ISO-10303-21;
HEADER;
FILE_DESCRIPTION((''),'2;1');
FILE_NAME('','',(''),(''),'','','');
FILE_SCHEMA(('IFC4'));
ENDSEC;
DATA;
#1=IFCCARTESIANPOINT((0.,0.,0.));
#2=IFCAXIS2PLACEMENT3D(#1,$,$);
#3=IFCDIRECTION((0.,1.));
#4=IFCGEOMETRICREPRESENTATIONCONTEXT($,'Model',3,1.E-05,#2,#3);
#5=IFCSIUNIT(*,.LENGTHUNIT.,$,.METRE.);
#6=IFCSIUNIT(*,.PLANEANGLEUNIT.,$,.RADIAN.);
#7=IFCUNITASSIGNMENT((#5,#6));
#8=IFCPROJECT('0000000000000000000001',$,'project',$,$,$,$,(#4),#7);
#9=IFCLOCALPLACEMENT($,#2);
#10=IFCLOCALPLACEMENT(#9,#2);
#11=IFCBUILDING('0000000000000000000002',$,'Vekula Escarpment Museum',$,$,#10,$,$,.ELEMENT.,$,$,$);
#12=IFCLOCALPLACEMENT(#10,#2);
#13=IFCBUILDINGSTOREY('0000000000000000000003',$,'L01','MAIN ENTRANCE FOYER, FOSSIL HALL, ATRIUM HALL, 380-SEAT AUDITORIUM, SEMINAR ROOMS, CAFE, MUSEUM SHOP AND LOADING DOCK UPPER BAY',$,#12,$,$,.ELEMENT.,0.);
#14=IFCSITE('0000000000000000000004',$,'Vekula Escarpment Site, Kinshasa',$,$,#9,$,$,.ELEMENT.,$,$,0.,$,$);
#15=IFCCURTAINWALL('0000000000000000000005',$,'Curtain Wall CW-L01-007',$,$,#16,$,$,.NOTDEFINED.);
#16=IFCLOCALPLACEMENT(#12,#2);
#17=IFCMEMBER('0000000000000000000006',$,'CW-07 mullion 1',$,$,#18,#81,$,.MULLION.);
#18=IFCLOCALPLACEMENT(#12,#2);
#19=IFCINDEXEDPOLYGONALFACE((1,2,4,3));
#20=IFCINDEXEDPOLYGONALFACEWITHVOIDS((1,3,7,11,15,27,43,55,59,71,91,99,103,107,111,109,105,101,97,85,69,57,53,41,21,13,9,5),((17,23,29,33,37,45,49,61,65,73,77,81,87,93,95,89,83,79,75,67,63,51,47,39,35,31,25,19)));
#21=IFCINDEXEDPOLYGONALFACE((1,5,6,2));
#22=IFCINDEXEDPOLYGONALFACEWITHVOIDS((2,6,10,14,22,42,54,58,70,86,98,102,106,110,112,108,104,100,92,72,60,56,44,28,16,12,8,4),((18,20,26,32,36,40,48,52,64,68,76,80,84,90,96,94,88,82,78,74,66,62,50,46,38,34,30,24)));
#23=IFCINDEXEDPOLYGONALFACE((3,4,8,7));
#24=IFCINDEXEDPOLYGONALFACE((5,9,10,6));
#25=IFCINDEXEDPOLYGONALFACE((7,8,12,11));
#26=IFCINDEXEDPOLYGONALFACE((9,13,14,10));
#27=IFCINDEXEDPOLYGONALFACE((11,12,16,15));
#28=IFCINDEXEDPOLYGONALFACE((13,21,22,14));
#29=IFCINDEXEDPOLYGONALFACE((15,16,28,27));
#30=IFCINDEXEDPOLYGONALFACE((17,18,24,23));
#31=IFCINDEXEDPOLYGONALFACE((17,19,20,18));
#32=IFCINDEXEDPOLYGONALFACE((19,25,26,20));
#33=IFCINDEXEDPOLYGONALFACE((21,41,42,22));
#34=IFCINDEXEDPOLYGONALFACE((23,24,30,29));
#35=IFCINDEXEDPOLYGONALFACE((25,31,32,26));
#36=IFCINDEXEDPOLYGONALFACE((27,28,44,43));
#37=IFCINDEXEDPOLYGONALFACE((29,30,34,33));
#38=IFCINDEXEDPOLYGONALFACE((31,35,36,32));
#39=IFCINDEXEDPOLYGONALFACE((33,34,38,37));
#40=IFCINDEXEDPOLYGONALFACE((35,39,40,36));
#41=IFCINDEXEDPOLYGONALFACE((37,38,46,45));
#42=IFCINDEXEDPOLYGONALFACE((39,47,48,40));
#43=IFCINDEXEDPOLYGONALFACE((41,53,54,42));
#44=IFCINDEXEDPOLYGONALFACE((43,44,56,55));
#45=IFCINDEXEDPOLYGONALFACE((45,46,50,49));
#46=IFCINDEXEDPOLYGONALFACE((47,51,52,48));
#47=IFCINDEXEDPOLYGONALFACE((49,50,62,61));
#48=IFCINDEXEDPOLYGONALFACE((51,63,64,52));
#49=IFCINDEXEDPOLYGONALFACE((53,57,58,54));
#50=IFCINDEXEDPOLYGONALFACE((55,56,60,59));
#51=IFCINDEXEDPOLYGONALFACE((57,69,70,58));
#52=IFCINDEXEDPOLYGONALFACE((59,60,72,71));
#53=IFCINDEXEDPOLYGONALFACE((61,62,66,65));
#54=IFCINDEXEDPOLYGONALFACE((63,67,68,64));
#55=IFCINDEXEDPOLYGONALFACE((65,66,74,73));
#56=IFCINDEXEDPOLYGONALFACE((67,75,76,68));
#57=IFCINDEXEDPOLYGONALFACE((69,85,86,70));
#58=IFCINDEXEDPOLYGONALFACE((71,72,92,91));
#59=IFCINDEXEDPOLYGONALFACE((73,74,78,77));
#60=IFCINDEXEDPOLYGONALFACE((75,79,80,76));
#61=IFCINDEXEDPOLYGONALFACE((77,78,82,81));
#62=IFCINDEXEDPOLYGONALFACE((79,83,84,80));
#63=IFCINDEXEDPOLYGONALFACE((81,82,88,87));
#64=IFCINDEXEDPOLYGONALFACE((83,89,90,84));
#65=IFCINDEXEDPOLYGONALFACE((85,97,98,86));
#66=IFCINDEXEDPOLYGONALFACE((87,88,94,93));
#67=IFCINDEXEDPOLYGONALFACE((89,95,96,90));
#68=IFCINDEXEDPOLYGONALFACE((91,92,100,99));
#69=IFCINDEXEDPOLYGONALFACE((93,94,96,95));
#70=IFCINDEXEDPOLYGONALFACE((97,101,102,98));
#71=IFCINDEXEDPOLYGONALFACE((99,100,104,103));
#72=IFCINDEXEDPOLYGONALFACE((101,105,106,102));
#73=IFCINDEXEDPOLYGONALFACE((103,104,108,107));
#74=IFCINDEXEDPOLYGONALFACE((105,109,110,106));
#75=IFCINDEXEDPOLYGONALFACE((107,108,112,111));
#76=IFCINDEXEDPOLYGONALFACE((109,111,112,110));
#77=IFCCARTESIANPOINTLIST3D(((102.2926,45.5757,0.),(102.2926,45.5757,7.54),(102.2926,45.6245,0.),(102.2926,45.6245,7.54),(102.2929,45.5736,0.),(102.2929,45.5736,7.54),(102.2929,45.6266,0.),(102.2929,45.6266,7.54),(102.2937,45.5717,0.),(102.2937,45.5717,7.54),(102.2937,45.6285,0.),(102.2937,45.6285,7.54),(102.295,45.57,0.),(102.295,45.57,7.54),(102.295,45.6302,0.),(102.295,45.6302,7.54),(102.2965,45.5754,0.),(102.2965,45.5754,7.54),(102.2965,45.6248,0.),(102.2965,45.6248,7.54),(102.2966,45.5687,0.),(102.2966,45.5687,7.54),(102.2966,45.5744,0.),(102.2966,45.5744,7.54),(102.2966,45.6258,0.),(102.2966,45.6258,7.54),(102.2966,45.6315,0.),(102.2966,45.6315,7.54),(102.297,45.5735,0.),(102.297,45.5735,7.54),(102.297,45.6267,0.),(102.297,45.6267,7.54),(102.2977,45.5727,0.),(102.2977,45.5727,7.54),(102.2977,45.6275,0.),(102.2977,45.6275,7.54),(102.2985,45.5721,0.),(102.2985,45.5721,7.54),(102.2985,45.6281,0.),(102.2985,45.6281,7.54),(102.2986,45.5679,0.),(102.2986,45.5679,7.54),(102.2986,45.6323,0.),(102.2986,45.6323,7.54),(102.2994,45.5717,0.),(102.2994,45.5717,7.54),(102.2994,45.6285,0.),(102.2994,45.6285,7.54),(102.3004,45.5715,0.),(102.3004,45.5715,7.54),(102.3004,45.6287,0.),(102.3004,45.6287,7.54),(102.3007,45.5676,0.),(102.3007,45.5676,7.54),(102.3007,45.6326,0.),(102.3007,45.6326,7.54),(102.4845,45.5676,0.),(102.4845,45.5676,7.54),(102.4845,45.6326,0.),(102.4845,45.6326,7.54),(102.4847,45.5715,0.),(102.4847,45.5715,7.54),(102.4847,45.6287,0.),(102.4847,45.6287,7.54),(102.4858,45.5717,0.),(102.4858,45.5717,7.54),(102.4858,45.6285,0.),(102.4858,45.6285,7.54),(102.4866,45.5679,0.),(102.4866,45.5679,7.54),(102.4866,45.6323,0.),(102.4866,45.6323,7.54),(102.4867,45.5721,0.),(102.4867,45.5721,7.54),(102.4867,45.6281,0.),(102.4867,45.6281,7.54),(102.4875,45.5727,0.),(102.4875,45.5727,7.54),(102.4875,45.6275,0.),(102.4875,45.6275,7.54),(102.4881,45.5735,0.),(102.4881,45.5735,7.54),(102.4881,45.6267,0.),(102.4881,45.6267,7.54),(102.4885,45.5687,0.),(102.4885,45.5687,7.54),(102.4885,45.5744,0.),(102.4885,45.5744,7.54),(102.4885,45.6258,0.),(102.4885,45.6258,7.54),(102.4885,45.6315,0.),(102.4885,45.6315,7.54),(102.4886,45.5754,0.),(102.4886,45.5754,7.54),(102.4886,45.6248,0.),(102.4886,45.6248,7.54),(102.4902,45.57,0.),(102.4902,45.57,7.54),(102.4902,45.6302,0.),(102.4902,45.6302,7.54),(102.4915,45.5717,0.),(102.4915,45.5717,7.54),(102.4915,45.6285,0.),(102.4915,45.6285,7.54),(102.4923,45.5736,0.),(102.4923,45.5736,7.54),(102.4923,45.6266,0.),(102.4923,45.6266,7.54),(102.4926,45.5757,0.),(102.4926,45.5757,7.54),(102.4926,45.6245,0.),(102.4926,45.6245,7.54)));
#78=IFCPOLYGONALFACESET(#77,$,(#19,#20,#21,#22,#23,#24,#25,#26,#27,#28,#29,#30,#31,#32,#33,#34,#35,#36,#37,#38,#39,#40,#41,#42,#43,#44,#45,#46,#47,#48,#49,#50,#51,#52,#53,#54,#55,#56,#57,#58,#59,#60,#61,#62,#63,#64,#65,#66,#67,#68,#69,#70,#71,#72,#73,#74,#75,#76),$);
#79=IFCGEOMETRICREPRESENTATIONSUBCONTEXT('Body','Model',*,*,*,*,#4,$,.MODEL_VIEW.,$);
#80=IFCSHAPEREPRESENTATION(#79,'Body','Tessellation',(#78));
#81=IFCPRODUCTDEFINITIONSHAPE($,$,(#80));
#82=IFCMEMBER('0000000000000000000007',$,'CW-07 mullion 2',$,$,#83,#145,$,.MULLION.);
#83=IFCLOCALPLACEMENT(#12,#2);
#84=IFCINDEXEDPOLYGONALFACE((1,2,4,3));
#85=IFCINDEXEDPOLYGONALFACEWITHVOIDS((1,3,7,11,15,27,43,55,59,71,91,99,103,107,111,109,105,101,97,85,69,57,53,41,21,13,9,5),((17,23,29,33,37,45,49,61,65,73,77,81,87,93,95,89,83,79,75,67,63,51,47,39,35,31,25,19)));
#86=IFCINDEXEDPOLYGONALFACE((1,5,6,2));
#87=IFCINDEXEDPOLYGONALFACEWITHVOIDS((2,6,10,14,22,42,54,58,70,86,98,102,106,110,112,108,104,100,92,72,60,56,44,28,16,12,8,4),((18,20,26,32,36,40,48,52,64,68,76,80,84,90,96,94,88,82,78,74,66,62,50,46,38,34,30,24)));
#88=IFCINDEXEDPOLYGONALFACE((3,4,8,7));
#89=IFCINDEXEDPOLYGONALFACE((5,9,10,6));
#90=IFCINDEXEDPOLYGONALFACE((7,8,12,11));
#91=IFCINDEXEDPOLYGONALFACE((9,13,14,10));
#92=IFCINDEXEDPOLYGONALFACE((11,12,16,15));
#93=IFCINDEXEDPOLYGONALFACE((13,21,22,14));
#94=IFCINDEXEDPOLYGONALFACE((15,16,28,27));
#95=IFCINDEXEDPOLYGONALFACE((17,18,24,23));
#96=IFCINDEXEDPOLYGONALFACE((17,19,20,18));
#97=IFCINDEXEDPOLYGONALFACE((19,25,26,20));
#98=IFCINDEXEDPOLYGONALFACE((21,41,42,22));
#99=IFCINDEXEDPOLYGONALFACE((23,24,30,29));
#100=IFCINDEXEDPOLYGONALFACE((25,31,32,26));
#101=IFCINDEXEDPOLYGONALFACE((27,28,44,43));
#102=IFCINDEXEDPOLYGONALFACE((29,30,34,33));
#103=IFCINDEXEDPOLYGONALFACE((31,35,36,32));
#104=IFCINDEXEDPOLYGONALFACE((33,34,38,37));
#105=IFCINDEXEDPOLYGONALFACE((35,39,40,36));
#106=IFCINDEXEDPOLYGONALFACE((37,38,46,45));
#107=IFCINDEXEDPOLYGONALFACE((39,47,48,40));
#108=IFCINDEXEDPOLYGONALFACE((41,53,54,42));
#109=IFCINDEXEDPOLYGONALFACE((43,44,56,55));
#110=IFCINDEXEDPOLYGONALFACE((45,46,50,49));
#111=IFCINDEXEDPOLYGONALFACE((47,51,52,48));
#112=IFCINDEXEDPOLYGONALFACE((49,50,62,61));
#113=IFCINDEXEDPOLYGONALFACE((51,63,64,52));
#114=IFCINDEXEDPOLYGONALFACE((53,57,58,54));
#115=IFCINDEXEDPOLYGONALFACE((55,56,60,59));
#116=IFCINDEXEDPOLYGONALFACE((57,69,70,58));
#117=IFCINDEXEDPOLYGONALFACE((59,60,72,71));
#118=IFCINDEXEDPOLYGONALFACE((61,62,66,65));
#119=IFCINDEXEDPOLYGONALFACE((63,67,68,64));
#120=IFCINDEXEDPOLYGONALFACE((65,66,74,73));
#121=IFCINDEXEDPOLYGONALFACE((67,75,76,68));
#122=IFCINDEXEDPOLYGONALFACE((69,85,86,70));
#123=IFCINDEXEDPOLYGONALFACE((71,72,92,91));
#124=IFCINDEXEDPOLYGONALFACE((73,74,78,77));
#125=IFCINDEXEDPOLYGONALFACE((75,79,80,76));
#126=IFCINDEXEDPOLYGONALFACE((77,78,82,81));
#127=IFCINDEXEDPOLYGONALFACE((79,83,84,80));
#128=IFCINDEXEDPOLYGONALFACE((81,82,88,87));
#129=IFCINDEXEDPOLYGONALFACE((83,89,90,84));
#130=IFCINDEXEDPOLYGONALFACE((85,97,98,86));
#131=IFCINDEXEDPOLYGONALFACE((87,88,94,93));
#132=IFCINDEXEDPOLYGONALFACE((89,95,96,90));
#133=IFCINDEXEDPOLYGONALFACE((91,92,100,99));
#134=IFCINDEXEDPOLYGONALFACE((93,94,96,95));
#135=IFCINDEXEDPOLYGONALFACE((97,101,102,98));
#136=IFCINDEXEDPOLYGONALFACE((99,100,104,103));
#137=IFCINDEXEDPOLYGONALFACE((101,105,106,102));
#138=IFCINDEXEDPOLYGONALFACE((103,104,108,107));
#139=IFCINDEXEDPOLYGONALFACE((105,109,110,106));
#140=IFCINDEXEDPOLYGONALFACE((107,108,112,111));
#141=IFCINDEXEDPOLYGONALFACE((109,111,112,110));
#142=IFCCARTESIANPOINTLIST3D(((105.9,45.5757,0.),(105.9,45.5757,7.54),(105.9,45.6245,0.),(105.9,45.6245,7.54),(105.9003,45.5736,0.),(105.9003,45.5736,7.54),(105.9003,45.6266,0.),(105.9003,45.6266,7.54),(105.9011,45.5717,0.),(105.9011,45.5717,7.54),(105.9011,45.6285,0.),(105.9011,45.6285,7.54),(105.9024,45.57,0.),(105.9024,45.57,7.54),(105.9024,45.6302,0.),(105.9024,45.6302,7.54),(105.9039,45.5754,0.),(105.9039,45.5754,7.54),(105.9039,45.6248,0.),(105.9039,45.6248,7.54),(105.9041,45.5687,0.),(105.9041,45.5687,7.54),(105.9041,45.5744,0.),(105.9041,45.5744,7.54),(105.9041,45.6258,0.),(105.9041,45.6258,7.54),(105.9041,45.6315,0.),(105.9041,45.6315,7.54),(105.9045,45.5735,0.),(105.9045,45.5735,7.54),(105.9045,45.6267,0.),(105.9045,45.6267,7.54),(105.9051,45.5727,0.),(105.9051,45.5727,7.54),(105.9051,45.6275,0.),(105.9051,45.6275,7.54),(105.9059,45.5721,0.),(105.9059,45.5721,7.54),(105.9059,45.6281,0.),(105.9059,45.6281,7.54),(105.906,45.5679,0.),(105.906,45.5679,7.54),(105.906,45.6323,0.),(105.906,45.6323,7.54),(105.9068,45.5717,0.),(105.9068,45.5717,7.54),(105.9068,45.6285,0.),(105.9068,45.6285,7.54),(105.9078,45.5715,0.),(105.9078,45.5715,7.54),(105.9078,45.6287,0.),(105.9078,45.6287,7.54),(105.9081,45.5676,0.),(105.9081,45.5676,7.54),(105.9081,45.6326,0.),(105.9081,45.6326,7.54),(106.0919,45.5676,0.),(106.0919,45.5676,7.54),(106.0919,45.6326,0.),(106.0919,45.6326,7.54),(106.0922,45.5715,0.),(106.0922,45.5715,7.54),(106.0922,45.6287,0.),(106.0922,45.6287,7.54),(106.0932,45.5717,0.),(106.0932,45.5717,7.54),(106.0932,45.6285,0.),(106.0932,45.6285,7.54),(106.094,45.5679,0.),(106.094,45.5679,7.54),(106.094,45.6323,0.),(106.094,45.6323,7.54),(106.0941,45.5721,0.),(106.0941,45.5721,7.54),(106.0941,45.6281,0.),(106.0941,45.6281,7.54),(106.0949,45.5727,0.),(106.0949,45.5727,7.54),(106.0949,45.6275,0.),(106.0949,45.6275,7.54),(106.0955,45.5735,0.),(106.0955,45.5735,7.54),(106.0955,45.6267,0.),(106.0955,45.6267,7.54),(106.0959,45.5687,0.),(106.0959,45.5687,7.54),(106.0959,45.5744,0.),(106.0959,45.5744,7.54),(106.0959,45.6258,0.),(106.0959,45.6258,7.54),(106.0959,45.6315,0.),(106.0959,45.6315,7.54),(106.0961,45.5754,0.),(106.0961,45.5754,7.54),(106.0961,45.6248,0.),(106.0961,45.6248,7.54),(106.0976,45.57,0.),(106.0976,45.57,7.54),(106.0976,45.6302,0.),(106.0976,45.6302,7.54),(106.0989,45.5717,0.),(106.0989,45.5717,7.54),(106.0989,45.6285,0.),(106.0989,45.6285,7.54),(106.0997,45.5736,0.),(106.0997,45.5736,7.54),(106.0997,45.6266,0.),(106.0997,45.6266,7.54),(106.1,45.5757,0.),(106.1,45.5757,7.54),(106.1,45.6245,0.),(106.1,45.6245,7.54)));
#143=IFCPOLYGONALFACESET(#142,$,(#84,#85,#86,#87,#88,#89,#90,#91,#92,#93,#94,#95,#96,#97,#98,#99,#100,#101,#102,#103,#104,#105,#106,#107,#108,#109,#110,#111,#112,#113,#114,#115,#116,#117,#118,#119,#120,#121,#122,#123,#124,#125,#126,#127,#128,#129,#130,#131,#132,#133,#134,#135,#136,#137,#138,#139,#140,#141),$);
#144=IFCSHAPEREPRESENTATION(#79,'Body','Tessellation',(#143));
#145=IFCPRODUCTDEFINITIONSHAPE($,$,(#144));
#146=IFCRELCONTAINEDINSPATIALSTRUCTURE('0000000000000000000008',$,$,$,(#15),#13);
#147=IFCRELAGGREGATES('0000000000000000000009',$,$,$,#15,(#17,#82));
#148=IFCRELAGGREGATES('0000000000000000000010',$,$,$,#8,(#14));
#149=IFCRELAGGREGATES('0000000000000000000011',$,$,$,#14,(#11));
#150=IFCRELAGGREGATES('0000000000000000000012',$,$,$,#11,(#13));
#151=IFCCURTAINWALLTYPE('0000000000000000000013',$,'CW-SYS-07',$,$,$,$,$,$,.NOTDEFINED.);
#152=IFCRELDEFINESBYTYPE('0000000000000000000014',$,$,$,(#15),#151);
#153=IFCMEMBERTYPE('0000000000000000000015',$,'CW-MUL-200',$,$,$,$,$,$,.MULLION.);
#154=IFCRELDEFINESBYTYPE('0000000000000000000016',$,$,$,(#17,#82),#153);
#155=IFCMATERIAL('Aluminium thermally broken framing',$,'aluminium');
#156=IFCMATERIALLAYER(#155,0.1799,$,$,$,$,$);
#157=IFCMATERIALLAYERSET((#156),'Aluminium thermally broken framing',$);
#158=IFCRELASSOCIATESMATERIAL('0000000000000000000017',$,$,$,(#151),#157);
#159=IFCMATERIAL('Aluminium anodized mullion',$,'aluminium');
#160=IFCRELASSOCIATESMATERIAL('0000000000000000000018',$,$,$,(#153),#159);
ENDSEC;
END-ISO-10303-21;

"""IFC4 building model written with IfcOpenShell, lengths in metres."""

from ifc_helpers import new_model, si_unit, direction, frame, origin, origin_2d, place, context, subcontext, project, spatial, hollow_rectangle, extrude, material, layer, layer_set, material_profile, profile_set, type_object, element, aggregate, save


model = new_model("IFC4")

# Units and contexts
model_context = context("Model", 3, precision=1e-05, world=origin(), true_north=direction((0.0, 1.0)))
body_context = subcontext(model_context, "Body", "Model", "MODEL_VIEW")
ifc_project = project(units=[si_unit("LENGTHUNIT", "METRE"), si_unit("PLANEANGLEUNIT", "RADIAN")], contexts=[model_context])

# Site, building, storey
site_placement = place(None, origin())
site = spatial("IfcSite", under=ifc_project, at=site_placement, Name="Vekula Escarpment Site, Kinshasa", CompositionType="ELEMENT", RefElevation=0.0)
building_placement = place(site_placement, origin())
building = spatial("IfcBuilding", under=site, at=building_placement, Name="Vekula Escarpment Museum", CompositionType="ELEMENT")
storey_placement = place(building_placement, origin())
storey = spatial("IfcBuildingStorey", under=building, at=storey_placement, Name="L01", Description="MAIN ENTRANCE FOYER, FOSSIL HALL, ATRIUM HALL, 380-SEAT AUDITORIUM, SEMINAR ROOMS, CAFE, MUSEUM SHOP AND LOADING DOCK UPPER BAY", CompositionType="ELEMENT", Elevation=0.0)

# Curtain wall, members
ifc_material_1 = material(Name="Aluminium thermally broken framing", Category="aluminium")
ifc_layer_1 = layer(ifc_material_1, 0.1799)
ifc_layer_set_1 = layer_set([ifc_layer_1], Name="Aluminium thermally broken framing")
curtain_wall_type = type_object("IfcCurtainWallType", Name="CW-SYS-07", PredefinedType="NOTDEFINED", material=ifc_layer_set_1)
curtain_wall_placement = place(storey_placement, origin())
curtain_wall = element("IfcCurtainWall", 1, at=curtain_wall_placement, inside=storey, type_object=curtain_wall_type, Name="Curtain Wall CW-L01-007", PredefinedType="NOTDEFINED")
ifc_material_2 = material(Name="Aluminium anodized mullion", Category="aluminium")
ifc_material_profile_1 = material_profile(ifc_material_2, hollow_rectangle(XDim=0.0649, YDim=0.2, WallThickness=0.0039, InnerFilletRadius=0.0039, OuterFilletRadius=0.0081, at=origin_2d()), Name="ALU 200x65x4")
ifc_profile_set_1 = profile_set([ifc_material_profile_1], Name="Aluminium anodized mullion")
member_type_1 = type_object("IfcMemberType", Name="CW-MUL-200", PredefinedType="MULLION", material=ifc_profile_set_1)
member_1_placement = place(storey_placement, frame((102.3926, 45.6001, 0.0), z_axis=(0.0, 0.0, 1.0), x_axis=(0.0, 1.0, 0.0)))
member_1 = element("IfcMember", 2, at=member_1_placement, type_object=member_type_1, Name="CW-07 mullion 1", PredefinedType="MULLION", context=body_context, shape_type="SweptSolid", body=[
    extrude(hollow_rectangle(XDim=0.0649, YDim=0.2, WallThickness=0.0039, InnerFilletRadius=0.0039, OuterFilletRadius=0.0081, at=origin_2d()), origin(), (0.0, 0.0, 1.0), 7.54),
])
member_2_placement = place(storey_placement, frame((106.0, 45.6001, 0.0), z_axis=(0.0, 0.0, 1.0), x_axis=(0.0, 1.0, 0.0)))
member_2 = element("IfcMember", 3, at=member_2_placement, type_object=member_type_1, Name="CW-07 mullion 2", PredefinedType="MULLION", context=body_context, shape_type="SweptSolid", body=[
    extrude(hollow_rectangle(XDim=0.0649, YDim=0.2, WallThickness=0.0039, InnerFilletRadius=0.0039, OuterFilletRadius=0.0081, at=origin_2d()), origin(), (0.0, 0.0, 1.0), 7.54),
])

aggregate(curtain_wall, [member_1, member_2])

save(model, "model.ifc")
